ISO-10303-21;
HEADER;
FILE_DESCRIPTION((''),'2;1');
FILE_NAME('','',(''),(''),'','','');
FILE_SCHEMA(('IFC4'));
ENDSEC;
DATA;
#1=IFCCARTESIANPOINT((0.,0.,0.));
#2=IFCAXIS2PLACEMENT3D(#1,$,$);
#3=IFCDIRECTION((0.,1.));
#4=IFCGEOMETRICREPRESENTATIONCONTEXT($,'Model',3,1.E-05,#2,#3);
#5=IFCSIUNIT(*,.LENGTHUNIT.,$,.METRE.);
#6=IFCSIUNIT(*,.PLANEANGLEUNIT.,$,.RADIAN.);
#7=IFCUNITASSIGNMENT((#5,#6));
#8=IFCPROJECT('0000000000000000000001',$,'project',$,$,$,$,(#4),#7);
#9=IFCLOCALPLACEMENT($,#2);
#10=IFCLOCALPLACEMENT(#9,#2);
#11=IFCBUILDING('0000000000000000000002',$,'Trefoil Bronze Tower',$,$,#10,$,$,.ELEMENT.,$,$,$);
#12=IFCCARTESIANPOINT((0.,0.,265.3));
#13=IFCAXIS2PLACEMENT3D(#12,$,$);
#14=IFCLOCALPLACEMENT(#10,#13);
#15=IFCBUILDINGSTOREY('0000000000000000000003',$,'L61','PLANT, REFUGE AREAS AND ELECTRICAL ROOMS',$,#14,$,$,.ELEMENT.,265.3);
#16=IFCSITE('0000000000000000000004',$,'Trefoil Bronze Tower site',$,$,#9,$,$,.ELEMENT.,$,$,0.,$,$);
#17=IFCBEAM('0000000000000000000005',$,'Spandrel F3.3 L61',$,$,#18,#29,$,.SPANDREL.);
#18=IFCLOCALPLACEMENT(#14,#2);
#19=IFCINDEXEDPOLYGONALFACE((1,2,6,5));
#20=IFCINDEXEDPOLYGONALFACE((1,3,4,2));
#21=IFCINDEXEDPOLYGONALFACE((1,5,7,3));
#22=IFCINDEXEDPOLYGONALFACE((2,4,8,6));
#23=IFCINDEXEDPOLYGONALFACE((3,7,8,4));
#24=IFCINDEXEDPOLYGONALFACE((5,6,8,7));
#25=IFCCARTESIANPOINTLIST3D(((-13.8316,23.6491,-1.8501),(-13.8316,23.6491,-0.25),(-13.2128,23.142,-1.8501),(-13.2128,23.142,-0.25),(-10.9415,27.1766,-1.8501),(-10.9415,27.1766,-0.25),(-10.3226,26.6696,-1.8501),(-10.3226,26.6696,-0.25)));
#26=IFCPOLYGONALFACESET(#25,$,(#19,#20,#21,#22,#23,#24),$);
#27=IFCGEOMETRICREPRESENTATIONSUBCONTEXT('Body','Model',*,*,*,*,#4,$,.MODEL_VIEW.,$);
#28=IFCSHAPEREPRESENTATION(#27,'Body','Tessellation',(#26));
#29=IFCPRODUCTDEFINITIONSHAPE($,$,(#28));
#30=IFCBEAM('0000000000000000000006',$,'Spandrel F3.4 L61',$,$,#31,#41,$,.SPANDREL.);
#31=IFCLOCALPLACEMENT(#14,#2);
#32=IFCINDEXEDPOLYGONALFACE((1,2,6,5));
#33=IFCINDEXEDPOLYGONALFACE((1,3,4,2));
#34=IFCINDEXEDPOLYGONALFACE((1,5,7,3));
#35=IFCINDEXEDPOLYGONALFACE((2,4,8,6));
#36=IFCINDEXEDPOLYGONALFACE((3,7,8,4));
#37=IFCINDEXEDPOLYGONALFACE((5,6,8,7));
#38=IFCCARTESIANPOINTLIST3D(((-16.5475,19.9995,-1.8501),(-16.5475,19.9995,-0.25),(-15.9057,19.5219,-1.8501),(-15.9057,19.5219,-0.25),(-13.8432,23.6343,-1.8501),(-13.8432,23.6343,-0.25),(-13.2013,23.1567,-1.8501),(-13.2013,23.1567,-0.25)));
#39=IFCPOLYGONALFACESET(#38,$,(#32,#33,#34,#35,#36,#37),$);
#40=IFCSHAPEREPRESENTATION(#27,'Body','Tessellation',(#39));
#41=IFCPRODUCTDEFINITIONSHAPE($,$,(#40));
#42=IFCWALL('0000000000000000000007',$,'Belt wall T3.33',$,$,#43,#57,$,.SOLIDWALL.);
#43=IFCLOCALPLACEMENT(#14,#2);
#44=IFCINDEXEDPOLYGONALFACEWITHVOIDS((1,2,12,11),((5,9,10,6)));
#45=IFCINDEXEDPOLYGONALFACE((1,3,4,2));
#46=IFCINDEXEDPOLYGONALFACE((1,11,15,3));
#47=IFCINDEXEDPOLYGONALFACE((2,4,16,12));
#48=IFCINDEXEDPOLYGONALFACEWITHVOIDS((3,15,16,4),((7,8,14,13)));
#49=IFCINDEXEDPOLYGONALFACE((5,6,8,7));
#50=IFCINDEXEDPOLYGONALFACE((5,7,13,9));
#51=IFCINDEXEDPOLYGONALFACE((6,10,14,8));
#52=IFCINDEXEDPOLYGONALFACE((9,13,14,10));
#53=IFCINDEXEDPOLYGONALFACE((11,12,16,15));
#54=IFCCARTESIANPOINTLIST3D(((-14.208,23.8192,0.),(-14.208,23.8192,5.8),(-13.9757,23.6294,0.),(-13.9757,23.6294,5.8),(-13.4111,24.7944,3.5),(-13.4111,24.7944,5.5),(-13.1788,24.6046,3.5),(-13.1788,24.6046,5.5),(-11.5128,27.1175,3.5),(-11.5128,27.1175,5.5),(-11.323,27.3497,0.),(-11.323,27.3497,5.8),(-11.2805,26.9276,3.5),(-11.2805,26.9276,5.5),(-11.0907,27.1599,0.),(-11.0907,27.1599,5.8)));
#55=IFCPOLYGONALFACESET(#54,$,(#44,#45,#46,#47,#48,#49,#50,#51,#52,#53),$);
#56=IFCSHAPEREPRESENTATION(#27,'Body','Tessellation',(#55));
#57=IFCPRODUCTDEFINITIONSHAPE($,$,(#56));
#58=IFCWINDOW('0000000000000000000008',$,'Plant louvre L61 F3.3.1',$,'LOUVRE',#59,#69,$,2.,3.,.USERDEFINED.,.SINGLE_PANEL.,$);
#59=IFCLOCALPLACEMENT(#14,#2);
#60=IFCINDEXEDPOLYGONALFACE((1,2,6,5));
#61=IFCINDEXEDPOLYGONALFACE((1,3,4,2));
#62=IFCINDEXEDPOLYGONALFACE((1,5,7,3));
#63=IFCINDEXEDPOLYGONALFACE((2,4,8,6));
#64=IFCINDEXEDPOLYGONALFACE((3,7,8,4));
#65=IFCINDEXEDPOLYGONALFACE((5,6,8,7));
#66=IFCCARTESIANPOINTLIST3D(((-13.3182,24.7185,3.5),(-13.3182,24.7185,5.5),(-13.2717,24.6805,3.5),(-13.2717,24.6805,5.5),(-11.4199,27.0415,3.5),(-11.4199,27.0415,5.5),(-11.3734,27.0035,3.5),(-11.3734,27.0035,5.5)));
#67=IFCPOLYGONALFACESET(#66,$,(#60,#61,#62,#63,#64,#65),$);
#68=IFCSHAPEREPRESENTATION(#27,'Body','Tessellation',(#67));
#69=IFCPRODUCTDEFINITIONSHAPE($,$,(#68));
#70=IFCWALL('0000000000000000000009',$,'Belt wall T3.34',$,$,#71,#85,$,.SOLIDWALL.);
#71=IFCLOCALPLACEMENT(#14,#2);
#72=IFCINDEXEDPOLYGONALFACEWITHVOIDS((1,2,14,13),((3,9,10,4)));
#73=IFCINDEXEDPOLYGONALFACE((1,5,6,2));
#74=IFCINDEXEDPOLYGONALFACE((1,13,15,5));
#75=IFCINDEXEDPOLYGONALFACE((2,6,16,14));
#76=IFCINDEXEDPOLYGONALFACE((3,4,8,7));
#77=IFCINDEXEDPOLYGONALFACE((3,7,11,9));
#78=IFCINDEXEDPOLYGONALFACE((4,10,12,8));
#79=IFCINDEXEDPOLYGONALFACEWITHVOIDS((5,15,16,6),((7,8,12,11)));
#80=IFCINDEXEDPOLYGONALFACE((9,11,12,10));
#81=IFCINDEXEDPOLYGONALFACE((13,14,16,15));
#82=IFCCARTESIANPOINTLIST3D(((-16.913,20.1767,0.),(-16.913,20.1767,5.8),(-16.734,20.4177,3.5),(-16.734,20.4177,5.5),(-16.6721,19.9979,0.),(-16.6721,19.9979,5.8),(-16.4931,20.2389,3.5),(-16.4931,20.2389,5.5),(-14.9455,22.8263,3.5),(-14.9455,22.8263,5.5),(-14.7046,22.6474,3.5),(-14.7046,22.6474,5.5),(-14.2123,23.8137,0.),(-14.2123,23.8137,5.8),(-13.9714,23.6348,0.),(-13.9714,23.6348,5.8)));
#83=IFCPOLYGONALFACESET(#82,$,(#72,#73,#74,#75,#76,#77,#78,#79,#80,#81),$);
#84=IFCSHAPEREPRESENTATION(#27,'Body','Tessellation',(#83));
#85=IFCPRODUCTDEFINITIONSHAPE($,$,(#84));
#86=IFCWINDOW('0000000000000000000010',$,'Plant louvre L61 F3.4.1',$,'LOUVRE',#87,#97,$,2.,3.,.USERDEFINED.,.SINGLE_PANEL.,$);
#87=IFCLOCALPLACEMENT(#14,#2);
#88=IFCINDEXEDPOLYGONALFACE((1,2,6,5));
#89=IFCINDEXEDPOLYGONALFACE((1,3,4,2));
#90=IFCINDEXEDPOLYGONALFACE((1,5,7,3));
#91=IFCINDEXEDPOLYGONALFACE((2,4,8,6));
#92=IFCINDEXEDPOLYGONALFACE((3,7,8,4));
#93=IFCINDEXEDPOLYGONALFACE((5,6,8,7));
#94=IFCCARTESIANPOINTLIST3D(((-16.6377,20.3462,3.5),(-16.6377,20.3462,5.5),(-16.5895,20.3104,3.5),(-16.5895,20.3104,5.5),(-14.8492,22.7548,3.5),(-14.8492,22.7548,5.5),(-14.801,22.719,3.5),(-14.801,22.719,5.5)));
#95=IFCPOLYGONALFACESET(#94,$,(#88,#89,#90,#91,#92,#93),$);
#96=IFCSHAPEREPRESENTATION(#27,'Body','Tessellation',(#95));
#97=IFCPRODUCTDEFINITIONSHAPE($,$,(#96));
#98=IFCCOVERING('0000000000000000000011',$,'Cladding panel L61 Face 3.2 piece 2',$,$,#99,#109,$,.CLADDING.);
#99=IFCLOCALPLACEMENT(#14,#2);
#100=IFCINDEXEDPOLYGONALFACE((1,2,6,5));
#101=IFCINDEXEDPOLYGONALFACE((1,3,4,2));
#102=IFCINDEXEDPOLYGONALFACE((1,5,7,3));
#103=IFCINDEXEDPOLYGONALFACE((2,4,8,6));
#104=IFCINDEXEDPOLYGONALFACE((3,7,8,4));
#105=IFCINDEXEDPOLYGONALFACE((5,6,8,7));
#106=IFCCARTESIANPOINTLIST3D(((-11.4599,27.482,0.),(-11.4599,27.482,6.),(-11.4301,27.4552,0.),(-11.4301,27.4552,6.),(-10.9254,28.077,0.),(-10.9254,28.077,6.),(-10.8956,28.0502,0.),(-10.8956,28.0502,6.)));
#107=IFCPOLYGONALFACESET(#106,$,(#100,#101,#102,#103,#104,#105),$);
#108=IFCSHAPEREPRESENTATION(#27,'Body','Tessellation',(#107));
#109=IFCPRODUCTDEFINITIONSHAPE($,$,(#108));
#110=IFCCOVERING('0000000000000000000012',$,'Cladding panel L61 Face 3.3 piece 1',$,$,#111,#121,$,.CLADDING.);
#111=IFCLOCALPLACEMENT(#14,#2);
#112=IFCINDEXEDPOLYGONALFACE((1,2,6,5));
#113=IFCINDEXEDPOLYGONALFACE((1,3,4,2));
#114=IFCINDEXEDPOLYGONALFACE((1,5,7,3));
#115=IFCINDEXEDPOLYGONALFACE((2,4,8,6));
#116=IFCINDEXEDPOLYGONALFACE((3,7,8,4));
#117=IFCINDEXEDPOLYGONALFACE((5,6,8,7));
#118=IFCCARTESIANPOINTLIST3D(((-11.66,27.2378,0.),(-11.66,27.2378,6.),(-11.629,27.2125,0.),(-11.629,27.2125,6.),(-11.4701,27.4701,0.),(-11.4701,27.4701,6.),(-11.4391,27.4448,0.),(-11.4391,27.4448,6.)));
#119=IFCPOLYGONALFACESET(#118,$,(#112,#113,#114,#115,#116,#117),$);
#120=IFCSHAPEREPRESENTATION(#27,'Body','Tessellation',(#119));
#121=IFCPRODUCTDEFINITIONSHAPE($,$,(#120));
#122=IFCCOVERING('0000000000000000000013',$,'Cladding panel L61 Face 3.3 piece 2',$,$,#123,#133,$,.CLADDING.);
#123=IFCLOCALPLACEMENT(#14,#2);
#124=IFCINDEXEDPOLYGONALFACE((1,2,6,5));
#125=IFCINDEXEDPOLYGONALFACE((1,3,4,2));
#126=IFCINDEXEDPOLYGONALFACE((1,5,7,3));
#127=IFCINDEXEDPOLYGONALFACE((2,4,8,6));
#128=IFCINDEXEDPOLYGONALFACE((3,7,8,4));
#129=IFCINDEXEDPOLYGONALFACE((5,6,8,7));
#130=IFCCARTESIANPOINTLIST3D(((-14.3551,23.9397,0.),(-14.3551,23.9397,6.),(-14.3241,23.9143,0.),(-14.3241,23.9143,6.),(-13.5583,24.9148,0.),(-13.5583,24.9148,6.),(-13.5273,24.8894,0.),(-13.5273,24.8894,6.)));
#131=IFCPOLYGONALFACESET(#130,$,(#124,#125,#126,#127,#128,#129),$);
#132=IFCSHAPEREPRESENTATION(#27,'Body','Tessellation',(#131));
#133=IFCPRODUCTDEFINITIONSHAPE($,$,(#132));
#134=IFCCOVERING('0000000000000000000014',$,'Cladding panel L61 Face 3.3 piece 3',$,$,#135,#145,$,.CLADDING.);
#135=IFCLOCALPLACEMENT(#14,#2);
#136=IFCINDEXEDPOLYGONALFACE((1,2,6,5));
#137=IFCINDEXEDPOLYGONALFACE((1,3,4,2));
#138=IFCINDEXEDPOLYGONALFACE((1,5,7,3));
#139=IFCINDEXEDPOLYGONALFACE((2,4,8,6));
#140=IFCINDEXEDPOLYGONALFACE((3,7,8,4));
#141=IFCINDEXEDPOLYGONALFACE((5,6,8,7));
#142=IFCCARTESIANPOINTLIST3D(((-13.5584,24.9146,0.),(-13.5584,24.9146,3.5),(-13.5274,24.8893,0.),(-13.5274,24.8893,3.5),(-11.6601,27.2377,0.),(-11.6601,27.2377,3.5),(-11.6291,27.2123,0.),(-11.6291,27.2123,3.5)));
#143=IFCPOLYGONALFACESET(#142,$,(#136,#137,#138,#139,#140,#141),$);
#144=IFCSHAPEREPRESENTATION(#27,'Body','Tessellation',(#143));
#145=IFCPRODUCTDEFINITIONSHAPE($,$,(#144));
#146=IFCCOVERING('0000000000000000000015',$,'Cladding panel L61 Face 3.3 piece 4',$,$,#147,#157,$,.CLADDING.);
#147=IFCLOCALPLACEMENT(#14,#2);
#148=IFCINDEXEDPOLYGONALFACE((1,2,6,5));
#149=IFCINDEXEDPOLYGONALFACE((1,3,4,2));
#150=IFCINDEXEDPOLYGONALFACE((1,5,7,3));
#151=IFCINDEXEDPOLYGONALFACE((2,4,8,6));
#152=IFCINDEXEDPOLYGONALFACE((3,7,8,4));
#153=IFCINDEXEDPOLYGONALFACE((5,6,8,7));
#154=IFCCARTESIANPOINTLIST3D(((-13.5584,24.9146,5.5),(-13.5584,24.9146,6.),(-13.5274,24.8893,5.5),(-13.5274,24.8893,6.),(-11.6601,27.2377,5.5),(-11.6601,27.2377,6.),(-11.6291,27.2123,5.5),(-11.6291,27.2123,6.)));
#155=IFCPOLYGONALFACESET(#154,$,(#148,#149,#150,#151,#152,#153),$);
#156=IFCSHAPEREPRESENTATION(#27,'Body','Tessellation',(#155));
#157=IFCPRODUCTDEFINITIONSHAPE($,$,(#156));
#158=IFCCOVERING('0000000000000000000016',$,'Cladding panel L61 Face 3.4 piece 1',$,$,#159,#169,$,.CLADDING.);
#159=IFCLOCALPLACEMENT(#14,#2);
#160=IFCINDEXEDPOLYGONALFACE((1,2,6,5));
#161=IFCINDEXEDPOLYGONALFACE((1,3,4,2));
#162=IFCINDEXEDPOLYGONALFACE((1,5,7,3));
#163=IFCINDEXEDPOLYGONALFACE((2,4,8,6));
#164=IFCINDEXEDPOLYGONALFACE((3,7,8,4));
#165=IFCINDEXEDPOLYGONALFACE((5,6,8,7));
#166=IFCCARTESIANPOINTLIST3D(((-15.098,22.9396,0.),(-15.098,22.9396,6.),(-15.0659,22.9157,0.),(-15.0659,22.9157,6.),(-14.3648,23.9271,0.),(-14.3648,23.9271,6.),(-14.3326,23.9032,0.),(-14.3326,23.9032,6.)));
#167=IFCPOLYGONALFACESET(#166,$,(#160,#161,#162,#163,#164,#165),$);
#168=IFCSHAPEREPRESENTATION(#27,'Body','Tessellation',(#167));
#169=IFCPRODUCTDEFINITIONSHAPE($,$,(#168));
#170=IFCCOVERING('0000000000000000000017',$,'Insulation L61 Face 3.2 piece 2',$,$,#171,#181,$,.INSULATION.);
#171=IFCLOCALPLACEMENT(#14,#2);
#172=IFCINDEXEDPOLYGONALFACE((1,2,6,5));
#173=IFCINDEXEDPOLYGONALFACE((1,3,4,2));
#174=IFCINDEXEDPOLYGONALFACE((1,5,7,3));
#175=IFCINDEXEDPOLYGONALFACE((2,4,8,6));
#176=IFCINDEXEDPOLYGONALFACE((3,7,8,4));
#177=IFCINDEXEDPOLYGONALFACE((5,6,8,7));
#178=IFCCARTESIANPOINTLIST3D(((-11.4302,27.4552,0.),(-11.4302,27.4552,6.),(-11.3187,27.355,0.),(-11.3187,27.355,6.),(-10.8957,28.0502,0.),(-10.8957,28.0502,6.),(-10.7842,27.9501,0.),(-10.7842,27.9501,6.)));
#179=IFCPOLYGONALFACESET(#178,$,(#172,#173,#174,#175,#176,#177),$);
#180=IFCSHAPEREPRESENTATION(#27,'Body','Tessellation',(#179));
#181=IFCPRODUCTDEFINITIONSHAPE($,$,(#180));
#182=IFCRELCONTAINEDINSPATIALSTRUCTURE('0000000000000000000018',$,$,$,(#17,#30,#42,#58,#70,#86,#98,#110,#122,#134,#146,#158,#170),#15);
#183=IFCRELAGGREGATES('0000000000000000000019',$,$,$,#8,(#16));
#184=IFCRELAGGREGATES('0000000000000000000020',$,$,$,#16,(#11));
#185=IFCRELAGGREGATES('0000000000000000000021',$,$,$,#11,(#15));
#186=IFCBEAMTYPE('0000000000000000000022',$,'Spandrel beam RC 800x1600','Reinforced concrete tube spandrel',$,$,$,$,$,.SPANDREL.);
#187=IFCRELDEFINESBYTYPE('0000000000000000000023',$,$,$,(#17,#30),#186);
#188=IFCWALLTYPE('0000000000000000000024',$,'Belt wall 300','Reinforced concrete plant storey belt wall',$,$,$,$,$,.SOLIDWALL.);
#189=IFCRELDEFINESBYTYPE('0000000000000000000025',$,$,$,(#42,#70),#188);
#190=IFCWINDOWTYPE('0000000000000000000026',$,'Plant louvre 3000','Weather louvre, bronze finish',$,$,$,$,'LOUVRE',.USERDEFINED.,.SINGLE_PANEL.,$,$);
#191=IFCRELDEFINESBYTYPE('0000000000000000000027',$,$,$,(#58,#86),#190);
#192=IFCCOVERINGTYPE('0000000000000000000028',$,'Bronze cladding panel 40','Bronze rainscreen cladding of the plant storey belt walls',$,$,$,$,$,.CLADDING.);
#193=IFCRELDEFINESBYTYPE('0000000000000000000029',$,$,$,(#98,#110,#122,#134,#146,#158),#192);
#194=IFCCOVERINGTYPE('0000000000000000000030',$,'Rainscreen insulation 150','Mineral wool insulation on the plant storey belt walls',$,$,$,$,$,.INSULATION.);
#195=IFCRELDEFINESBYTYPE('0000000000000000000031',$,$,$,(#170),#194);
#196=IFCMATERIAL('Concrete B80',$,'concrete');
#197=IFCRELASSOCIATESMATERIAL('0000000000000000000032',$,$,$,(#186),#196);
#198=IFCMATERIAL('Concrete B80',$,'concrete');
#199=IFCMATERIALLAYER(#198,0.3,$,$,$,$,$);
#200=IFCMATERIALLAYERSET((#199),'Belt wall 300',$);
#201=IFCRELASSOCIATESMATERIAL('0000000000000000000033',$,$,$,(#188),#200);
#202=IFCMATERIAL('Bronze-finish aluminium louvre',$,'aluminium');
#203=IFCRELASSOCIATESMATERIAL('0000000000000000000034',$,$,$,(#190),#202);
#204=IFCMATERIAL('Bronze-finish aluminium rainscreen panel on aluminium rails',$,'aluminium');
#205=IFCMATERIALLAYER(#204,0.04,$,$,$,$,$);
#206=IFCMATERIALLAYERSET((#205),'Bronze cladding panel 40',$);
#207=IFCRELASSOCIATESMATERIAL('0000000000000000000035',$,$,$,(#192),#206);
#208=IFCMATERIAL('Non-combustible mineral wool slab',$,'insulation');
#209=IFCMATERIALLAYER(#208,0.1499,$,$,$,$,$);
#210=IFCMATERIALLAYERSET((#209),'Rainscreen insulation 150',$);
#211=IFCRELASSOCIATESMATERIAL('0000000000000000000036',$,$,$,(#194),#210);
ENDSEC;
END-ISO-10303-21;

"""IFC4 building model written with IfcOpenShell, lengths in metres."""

from ifc_helpers import new_model, si_unit, direction, frame, frame_2d, origin, origin_2d, place, context, subcontext, project, spatial, rectangle, extrude, material, layer, layer_set, material_profile, profile_set, type_object, element, fill, save


model = new_model("IFC4")

# Units and contexts
model_context = context("Model", 3, precision=1e-05, world=origin(), true_north=direction((0.0, 1.0)))
body_context = subcontext(model_context, "Body", "Model", "MODEL_VIEW")
ifc_project = project(units=[si_unit("LENGTHUNIT", "METRE"), si_unit("PLANEANGLEUNIT", "RADIAN")], contexts=[model_context])

# Site, building, storey
site_placement = place(None, origin())
site = spatial("IfcSite", under=ifc_project, at=site_placement, Name="Trefoil Bronze Tower site", CompositionType="ELEMENT", RefElevation=0.0)
building_placement = place(site_placement, origin())
building = spatial("IfcBuilding", under=site, at=building_placement, Name="Trefoil Bronze Tower", CompositionType="ELEMENT")
storey_placement = place(building_placement, frame((0.0, 0.0, 265.3)))
storey = spatial("IfcBuildingStorey", under=building, at=storey_placement, Name="L61", Description="PLANT, REFUGE AREAS AND ELECTRICAL ROOMS", CompositionType="ELEMENT", Elevation=265.3)

# Beams
ifc_material_1 = material(Name="Concrete B80", Category="concrete")
ifc_material_profile_1 = material_profile(ifc_material_1, rectangle(XDim=0.8, YDim=1.6001, at=origin_2d()), Name="RC 800x1600")
ifc_profile_set_1 = profile_set([ifc_material_profile_1], Name="Concrete B80")
beam_type_1 = type_object("IfcBeamType", Name="Spandrel beam RC 800x1600", Description="Reinforced concrete tube spandrel", PredefinedType="SPANDREL", material=ifc_profile_set_1)
beam_1_placement = place(storey_placement, frame((-10.6321, 26.9231, -1.05), z_axis=(-0.633754, -0.773535, 0.0), x_axis=(0.773535, -0.633754, 0.0)))
element("IfcBeam", 1, at=beam_1_placement, inside=storey, type_object=beam_type_1, Name="Spandrel F3.3 L61", PredefinedType="SPANDREL", context=body_context, shape_type="SweptSolid", body=[
    extrude(rectangle(XDim=0.8, YDim=1.6001, at=origin_2d()), origin(), (0.0, 0.0, 1.0), 4.5603),
])
beam_2_placement = place(storey_placement, frame((-13.5222, 23.3955, -1.05), z_axis=(-0.596926, -0.802296, 0.0), x_axis=(0.802296, -0.596926, 0.0)))
element("IfcBeam", 2, at=beam_2_placement, inside=storey, type_object=beam_type_1, Name="Spandrel F3.4 L61", PredefinedType="SPANDREL", context=body_context, shape_type="SweptSolid", body=[
    extrude(rectangle(XDim=0.8, YDim=1.6001, at=origin_2d()), origin(), (0.0, 0.0, 1.0), 4.5305),
])

# Walls, openings, windows
ifc_material_2 = material(Name="Concrete B80", Category="concrete")
ifc_layer_1 = layer(ifc_material_2, 0.3)
ifc_layer_set_1 = layer_set([ifc_layer_1], Name="Belt wall 300")
wall_type = type_object("IfcWallType", Name="Belt wall 300", Description="Reinforced concrete plant storey belt wall", PredefinedType="SOLIDWALL", material=ifc_layer_set_1)
wall_1_placement = place(storey_placement, frame((-11.2068, 27.2549, 0.0), z_axis=(0.0, 0.0, 1.0), x_axis=(-0.632765, -0.774344, 0.0)))
wall_1 = element("IfcWall", 3, at=wall_1_placement, inside=storey, type_object=wall_type, Name="Belt wall T3.33", PredefinedType="SOLIDWALL", context=body_context, shape_type="SweptSolid", body=[
    extrude(rectangle(XDim=4.5593, YDim=0.3, at=frame_2d((2.2798, 0.0))), origin(), (0.0, 0.0, 1.0), 5.8),
])
opening_1_placement = place(wall_1_placement, frame((0.3, 0.0, 3.5)))
opening_1 = element("IfcOpeningElement", 4, at=opening_1_placement, cuts=wall_1, PredefinedType="OPENING", context=body_context, shape_type="SweptSolid", body=[
    extrude(rectangle(XDim=3.0, YDim=2.0, at=frame_2d((1.5, 1.0))), frame((0.0, 0.1599, 0.0), z_axis=(0.0, -1.0, 0.0), x_axis=(1.0, 0.0, 0.0)), (0.0, 0.0, 1.0), 0.3201),
])
ifc_material_3 = material(Name="Bronze-finish aluminium louvre", Category="aluminium")
window_type = type_object("IfcWindowType", Name="Plant louvre 3000", Description="Weather louvre, bronze finish", ElementType="LOUVRE", PartitioningType="SINGLE_PANEL", PredefinedType="USERDEFINED", material=ifc_material_3)
window_1_placement = place(opening_1_placement, origin())
window_1 = element("IfcWindow", 5, at=window_1_placement, inside=storey, type_object=window_type, Name="Plant louvre L61 F3.3.1", ObjectType="LOUVRE", OverallHeight=2.0, OverallWidth=3.0, PartitioningType="SINGLE_PANEL", PredefinedType="USERDEFINED", context=body_context, shape_type="SweptSolid", body=[
    extrude(rectangle(XDim=3.0, YDim=2.0, at=frame_2d((1.5, 1.0))), frame((0.0, 0.03, 0.0), z_axis=(0.0, -1.0, 0.0), x_axis=(1.0, 0.0, 0.0)), (0.0, 0.0, 1.0), 0.0601),
])
fill(opening_1, window_1)
wall_2_placement = place(storey_placement, frame((-14.0918, 23.7244, 0.0), z_axis=(0.0, 0.0, 1.0), x_axis=(-0.596173, -0.802856, 0.0)))
wall_2 = element("IfcWall", 6, at=wall_2_placement, inside=storey, type_object=wall_type, Name="Belt wall T3.34", PredefinedType="SOLIDWALL", context=body_context, shape_type="SweptSolid", body=[
    extrude(rectangle(XDim=4.53, YDim=0.3, at=frame_2d((2.2651, 0.0))), origin(), (0.0, 0.0, 1.0), 5.8),
])
opening_2_placement = place(wall_2_placement, frame((1.23, 0.0, 3.5)))
opening_2 = element("IfcOpeningElement", 7, at=opening_2_placement, cuts=wall_2, PredefinedType="OPENING", context=body_context, shape_type="SweptSolid", body=[
    extrude(rectangle(XDim=3.0, YDim=2.0, at=frame_2d((1.5, 1.0))), frame((0.0, 0.1599, 0.0), z_axis=(0.0, -1.0, 0.0), x_axis=(1.0, 0.0, 0.0)), (0.0, 0.0, 1.0), 0.3201),
])
window_2_placement = place(opening_2_placement, origin())
window_2 = element("IfcWindow", 8, at=window_2_placement, inside=storey, type_object=window_type, Name="Plant louvre L61 F3.4.1", ObjectType="LOUVRE", OverallHeight=2.0, OverallWidth=3.0, PartitioningType="SINGLE_PANEL", PredefinedType="USERDEFINED", context=body_context, shape_type="SweptSolid", body=[
    extrude(rectangle(XDim=3.0, YDim=2.0, at=frame_2d((1.5, 1.0))), frame((0.0, 0.03, 0.0), z_axis=(0.0, -1.0, 0.0), x_axis=(1.0, 0.0, 0.0)), (0.0, 0.0, 1.0), 0.0601),
])
fill(opening_2, window_2)

# Coverings
ifc_material_4 = material(Name="Bronze-finish aluminium rainscreen panel on aluminium rails", Category="aluminium")
ifc_layer_2 = layer(ifc_material_4, 0.04)
ifc_layer_set_2 = layer_set([ifc_layer_2], Name="Bronze cladding panel 40")
covering_type_1 = type_object("IfcCoveringType", Name="Bronze cladding panel 40", Description="Bronze rainscreen cladding of the plant storey belt walls", PredefinedType="CLADDING", material=ifc_layer_set_2)
covering_1_placement = place(storey_placement, frame((-11.1777, 27.7661, 0.0), z_axis=(0.0, 0.0, 1.0), x_axis=(-0.668246, -0.743941, 0.0)))
element("IfcCovering", 9, at=covering_1_placement, inside=storey, type_object=covering_type_1, Name="Cladding panel L61 Face 3.2 piece 2", PredefinedType="CLADDING", context=body_context, shape_type="SweptSolid", body=[
    extrude(rectangle(XDim=0.7998, YDim=0.04, at=origin_2d()), origin(), (0.0, 0.0, 1.0), 6.0),
])
covering_2_placement = place(storey_placement, frame((-11.5496, 27.3413, 0.0), z_axis=(0.0, 0.0, 1.0), x_axis=(-0.632753, -0.774354, 0.0)))
element("IfcCovering", 10, at=covering_2_placement, inside=storey, type_object=covering_type_1, Name="Cladding panel L61 Face 3.3 piece 1", PredefinedType="CLADDING", context=body_context, shape_type="SweptSolid", body=[
    extrude(rectangle(XDim=0.3, YDim=0.04, at=origin_2d()), origin(), (0.0, 0.0, 1.0), 6.0),
])
covering_3_placement = place(storey_placement, frame((-13.9412, 24.4146, 0.0), z_axis=(0.0, 0.0, 1.0), x_axis=(-0.632753, -0.774354, 0.0)))
element("IfcCovering", 11, at=covering_3_placement, inside=storey, type_object=covering_type_1, Name="Cladding panel L61 Face 3.3 piece 2", PredefinedType="CLADDING", context=body_context, shape_type="SweptSolid", body=[
    extrude(rectangle(XDim=1.2593, YDim=0.04, at=origin_2d()), origin(), (0.0, 0.0, 1.0), 6.0),
])
covering_4_placement = place(storey_placement, frame((-12.5938, 26.0635, 0.0), z_axis=(0.0, 0.0, 1.0), x_axis=(-0.632753, -0.774354, 0.0)))
element("IfcCovering", 12, at=covering_4_placement, inside=storey, type_object=covering_type_1, Name="Cladding panel L61 Face 3.3 piece 3", PredefinedType="CLADDING", context=body_context, shape_type="SweptSolid", body=[
    extrude(rectangle(XDim=3.0, YDim=0.04, at=origin_2d()), origin(), (0.0, 0.0, 1.0), 3.5),
])
covering_5_placement = place(storey_placement, frame((-12.5938, 26.0635, 5.5), z_axis=(0.0, 0.0, 1.0), x_axis=(-0.632753, -0.774354, 0.0)))
element("IfcCovering", 13, at=covering_5_placement, inside=storey, type_object=covering_type_1, Name="Cladding panel L61 Face 3.3 piece 4", PredefinedType="CLADDING", context=body_context, shape_type="SweptSolid", body=[
    extrude(rectangle(XDim=3.0, YDim=0.04, at=origin_2d()), origin(), (0.0, 0.0, 1.0), 0.5),
])
covering_6_placement = place(storey_placement, frame((-14.7153, 23.4214, 0.0), z_axis=(0.0, 0.0, 1.0), x_axis=(-0.596162, -0.802865, 0.0)))
element("IfcCovering", 14, at=covering_6_placement, inside=storey, type_object=covering_type_1, Name="Cladding panel L61 Face 3.4 piece 1", PredefinedType="CLADDING", context=body_context, shape_type="SweptSolid", body=[
    extrude(rectangle(XDim=1.23, YDim=0.04, at=origin_2d()), origin(), (0.0, 0.0, 1.0), 6.0),
])
ifc_material_5 = material(Name="Non-combustible mineral wool slab", Category="insulation")
ifc_layer_3 = layer(ifc_material_5, 0.1499)
ifc_layer_set_3 = layer_set([ifc_layer_3], Name="Rainscreen insulation 150")
covering_type_2 = type_object("IfcCoveringType", Name="Rainscreen insulation 150", Description="Mineral wool insulation on the plant storey belt walls", PredefinedType="INSULATION", material=ifc_layer_set_3)
covering_7_placement = place(storey_placement, frame((-11.1072, 27.7026, 0.0), z_axis=(0.0, 0.0, 1.0), x_axis=(-0.668246, -0.743941, 0.0)))
element("IfcCovering", 15, at=covering_7_placement, inside=storey, type_object=covering_type_2, Name="Insulation L61 Face 3.2 piece 2", PredefinedType="INSULATION", context=body_context, shape_type="SweptSolid", body=[
    extrude(rectangle(XDim=0.7998, YDim=0.1499, at=origin_2d()), origin(), (0.0, 0.0, 1.0), 6.0),
])

save(model, "model.ifc")
